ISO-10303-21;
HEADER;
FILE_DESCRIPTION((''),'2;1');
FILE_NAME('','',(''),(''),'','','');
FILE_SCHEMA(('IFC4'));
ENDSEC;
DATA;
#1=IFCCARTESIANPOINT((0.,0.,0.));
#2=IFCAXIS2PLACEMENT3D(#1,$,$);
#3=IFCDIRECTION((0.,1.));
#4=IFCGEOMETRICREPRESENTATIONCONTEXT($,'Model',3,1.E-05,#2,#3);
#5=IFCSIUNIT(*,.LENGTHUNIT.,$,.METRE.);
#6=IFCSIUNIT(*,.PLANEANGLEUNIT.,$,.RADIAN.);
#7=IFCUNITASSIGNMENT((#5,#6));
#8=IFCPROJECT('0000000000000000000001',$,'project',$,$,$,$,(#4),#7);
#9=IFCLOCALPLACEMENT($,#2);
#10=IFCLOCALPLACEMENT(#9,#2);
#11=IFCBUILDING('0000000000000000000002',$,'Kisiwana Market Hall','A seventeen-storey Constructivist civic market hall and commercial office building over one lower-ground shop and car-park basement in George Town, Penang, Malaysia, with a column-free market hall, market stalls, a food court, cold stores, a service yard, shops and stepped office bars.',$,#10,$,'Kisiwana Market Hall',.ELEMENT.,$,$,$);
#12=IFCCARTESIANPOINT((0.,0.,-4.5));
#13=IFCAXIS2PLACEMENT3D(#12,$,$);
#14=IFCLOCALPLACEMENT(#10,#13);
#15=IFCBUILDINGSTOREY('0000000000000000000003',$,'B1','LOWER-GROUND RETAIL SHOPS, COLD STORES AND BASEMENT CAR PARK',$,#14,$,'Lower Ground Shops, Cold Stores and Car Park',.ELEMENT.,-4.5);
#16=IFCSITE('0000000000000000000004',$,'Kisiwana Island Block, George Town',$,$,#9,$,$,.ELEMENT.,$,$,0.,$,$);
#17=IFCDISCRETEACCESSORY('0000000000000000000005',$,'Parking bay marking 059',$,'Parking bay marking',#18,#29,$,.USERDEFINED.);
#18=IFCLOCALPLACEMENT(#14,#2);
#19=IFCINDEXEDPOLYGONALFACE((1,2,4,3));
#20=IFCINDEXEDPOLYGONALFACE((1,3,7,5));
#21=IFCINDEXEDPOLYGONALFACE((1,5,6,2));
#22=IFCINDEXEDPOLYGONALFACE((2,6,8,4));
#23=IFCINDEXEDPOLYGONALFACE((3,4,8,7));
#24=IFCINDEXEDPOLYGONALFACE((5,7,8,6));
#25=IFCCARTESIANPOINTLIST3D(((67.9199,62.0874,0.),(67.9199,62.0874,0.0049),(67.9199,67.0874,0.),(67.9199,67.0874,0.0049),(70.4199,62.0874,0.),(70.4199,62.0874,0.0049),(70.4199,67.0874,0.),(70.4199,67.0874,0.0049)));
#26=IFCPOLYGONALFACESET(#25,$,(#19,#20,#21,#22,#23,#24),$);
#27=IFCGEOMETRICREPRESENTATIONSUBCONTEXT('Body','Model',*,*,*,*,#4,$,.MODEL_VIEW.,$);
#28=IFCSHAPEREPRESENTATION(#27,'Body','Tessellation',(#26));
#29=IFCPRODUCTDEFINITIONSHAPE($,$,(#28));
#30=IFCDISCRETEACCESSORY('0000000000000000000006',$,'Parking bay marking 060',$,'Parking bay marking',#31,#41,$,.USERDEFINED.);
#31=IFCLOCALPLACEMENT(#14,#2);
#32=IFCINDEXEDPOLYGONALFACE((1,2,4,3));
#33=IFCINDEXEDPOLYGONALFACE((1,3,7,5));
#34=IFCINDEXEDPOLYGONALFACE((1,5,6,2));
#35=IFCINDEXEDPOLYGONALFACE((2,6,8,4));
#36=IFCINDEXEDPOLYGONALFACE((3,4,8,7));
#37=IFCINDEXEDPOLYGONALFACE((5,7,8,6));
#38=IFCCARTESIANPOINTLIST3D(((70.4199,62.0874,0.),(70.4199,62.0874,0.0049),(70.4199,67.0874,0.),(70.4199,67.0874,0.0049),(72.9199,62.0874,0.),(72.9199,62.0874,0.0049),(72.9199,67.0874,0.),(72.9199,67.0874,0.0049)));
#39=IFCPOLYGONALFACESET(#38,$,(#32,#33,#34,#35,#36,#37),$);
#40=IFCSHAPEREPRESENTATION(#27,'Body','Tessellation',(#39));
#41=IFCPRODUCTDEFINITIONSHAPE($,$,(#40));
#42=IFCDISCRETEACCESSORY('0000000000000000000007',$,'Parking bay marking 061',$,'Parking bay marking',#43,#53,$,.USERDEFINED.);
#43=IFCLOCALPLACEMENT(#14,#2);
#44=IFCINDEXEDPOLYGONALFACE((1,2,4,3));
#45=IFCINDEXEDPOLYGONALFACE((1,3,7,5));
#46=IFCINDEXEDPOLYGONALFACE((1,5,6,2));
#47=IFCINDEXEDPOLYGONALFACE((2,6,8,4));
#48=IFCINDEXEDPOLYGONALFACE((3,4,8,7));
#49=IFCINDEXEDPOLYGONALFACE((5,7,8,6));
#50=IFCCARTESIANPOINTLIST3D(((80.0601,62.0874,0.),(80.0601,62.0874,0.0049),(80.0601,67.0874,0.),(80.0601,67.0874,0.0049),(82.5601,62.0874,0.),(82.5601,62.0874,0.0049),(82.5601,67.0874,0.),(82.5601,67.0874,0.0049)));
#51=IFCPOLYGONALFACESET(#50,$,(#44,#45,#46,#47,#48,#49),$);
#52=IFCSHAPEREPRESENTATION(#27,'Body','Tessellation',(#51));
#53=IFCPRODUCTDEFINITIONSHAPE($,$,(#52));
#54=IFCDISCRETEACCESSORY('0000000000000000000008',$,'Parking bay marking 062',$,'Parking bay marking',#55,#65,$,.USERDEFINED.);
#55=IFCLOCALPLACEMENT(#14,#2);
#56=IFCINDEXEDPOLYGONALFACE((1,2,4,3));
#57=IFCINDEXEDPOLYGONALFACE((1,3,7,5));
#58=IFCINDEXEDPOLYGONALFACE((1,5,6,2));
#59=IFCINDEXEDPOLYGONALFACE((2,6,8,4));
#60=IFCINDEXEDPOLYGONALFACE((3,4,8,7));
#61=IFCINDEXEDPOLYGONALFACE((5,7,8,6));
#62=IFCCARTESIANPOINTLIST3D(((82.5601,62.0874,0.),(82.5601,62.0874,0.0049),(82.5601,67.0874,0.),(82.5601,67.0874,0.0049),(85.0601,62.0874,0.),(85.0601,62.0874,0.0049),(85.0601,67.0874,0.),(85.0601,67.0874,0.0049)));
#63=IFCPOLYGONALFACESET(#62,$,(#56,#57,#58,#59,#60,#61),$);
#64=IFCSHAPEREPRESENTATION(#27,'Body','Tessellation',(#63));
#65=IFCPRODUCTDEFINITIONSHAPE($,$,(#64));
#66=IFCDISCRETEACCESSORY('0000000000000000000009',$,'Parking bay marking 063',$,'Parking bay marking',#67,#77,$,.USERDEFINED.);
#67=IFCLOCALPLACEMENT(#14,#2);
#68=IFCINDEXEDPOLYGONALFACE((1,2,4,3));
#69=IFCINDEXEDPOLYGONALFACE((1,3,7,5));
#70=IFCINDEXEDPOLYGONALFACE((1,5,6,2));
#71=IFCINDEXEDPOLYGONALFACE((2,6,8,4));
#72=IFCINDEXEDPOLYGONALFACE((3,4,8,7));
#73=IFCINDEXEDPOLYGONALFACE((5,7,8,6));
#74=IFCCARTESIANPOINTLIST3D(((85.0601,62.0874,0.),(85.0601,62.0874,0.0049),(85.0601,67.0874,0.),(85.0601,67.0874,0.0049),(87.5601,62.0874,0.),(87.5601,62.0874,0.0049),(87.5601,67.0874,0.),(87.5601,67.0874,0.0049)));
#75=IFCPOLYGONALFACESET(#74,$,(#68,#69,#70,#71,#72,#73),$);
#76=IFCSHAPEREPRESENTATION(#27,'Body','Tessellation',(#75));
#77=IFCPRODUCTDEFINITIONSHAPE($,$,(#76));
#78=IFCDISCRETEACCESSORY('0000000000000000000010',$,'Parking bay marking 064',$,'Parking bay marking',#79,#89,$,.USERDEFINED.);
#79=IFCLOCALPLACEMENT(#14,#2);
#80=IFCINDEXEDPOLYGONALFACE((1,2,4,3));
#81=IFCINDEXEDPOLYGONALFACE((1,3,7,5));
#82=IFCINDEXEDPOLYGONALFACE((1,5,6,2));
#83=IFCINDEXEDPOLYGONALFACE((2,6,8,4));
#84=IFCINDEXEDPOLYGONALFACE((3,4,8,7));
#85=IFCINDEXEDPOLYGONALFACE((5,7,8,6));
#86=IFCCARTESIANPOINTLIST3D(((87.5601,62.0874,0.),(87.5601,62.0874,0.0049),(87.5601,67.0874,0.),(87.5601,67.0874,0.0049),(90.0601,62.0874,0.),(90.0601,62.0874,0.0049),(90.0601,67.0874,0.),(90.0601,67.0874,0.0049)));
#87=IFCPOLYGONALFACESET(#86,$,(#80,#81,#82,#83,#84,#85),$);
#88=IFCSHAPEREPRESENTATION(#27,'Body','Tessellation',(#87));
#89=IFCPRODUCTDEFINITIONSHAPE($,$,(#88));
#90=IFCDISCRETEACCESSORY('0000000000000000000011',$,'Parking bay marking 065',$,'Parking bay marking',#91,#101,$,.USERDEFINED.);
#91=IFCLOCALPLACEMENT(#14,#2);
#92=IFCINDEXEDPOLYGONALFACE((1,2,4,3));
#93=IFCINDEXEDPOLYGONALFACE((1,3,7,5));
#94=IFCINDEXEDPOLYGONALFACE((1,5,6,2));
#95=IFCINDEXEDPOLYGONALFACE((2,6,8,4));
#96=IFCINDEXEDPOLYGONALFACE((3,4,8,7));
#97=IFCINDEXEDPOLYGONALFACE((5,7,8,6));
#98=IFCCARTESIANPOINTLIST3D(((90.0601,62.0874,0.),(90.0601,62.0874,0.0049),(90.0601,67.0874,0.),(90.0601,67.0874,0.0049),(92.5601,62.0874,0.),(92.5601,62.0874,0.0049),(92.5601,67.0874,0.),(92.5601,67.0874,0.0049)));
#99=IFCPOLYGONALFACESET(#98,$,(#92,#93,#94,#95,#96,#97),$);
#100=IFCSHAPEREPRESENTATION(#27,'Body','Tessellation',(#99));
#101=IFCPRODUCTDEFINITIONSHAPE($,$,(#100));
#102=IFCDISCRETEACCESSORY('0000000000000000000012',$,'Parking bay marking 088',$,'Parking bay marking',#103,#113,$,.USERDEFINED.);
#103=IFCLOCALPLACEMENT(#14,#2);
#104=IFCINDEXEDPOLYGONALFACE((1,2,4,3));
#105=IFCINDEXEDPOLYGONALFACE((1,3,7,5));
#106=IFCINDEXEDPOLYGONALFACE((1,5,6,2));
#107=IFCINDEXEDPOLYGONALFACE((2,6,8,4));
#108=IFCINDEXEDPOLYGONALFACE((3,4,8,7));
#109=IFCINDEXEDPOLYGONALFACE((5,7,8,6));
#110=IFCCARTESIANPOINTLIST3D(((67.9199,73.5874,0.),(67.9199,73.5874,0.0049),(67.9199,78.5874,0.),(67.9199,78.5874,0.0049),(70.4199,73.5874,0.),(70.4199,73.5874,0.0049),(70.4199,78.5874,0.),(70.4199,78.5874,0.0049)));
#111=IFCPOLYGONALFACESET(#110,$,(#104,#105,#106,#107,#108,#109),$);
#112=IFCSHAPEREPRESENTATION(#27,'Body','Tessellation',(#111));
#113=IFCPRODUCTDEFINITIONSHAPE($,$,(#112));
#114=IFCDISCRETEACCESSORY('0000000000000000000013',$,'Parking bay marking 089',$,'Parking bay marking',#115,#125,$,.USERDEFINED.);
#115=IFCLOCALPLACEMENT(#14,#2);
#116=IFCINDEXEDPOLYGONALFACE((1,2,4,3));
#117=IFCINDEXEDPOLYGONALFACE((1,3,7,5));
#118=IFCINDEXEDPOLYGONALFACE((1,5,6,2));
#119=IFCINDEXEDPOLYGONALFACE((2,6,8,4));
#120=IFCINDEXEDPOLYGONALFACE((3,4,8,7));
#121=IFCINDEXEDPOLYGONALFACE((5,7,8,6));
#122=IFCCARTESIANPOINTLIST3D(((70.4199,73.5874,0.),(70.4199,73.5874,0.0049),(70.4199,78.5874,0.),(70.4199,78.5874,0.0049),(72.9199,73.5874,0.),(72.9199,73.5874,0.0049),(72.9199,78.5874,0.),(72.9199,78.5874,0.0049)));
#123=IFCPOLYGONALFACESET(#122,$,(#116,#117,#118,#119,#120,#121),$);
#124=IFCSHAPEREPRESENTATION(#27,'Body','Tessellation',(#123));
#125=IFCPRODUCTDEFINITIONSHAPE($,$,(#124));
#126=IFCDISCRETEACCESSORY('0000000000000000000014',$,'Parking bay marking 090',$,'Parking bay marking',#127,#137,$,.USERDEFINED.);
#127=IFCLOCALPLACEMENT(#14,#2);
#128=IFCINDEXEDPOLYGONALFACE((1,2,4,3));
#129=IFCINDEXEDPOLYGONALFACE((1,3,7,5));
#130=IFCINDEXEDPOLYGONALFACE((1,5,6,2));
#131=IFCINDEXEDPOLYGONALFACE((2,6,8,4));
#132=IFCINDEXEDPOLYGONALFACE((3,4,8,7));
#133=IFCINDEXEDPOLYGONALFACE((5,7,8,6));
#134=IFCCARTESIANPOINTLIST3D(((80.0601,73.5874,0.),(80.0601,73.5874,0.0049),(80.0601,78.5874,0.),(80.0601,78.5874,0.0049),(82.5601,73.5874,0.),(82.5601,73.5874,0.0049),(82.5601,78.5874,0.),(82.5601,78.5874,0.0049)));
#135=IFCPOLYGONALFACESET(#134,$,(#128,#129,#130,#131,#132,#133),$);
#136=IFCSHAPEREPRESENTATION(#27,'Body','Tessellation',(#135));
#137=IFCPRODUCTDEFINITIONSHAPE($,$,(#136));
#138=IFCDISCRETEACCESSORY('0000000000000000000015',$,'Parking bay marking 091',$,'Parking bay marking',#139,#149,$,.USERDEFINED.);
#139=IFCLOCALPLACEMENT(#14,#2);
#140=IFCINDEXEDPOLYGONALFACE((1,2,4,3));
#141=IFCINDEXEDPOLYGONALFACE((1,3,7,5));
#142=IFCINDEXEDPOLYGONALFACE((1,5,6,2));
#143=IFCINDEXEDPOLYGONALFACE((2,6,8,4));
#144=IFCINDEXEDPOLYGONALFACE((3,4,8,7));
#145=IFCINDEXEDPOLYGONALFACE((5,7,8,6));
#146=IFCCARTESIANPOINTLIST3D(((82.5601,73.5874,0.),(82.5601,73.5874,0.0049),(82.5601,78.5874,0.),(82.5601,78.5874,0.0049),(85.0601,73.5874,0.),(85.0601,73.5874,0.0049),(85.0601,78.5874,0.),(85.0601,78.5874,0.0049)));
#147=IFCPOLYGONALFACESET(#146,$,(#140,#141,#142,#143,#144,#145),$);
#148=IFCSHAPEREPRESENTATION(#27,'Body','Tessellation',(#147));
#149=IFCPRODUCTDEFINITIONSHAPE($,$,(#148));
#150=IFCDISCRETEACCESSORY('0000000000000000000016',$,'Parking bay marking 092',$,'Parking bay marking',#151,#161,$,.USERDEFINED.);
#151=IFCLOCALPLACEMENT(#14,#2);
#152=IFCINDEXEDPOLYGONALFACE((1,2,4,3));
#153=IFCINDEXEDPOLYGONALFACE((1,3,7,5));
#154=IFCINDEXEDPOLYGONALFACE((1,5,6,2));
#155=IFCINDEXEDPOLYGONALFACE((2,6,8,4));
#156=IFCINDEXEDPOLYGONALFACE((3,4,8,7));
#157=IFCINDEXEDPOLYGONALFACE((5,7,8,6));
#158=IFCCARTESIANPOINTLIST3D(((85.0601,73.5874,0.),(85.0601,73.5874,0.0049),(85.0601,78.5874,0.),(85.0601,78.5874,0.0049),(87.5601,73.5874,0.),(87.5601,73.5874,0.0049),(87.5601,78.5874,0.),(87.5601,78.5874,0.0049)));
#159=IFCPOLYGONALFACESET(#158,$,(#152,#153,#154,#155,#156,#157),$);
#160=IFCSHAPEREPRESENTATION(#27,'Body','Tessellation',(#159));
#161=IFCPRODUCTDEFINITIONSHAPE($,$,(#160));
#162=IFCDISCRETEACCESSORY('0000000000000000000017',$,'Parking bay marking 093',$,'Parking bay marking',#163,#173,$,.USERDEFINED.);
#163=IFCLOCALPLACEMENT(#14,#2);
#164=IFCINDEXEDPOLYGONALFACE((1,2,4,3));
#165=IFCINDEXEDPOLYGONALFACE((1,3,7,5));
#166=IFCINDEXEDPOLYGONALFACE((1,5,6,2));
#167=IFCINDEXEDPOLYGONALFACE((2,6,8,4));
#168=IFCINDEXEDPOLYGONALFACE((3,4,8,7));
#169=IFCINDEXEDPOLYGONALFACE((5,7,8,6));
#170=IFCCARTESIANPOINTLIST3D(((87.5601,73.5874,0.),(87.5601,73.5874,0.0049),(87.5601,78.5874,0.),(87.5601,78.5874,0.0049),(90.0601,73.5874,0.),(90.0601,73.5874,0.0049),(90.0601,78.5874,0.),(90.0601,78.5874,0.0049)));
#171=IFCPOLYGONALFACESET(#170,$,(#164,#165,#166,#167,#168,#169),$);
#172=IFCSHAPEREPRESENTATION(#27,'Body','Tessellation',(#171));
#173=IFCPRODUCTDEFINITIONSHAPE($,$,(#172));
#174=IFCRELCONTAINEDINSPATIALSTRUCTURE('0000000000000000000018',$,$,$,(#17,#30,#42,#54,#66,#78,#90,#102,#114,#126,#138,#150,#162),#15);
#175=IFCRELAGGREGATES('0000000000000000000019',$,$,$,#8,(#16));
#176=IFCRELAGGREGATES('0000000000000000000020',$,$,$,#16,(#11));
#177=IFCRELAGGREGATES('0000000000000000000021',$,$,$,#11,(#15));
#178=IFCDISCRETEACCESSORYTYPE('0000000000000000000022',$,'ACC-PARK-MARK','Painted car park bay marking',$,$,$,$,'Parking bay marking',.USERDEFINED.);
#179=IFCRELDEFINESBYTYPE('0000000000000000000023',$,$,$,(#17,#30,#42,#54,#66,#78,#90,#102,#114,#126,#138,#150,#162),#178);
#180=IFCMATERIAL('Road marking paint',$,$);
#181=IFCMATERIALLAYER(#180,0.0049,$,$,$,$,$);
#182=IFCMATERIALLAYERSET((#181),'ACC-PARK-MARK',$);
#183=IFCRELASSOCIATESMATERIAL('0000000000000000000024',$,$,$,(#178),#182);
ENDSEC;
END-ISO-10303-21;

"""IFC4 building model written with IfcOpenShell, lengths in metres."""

from ifc_helpers import new_model, si_unit, direction, frame, origin, origin_2d, place, context, subcontext, project, spatial, rectangle, extrude, material, layer, layer_set, type_object, element, save


model = new_model("IFC4")

# Units and contexts
model_context = context("Model", 3, precision=1e-05, world=origin(), true_north=direction((0.0, 1.0)))
body_context = subcontext(model_context, "Body", "Model", "MODEL_VIEW")
ifc_project = project(units=[si_unit("LENGTHUNIT", "METRE"), si_unit("PLANEANGLEUNIT", "RADIAN")], contexts=[model_context])

# Site, building, storey
site_placement = place(None, origin())
site = spatial("IfcSite", under=ifc_project, at=site_placement, Name="Kisiwana Island Block, George Town", CompositionType="ELEMENT", RefElevation=0.0)
building_placement = place(site_placement, origin())
building = spatial("IfcBuilding", under=site, at=building_placement, Name="Kisiwana Market Hall", Description="A seventeen-storey Constructivist civic market hall and commercial office building over one lower-ground shop and car-park basement in George Town, Penang, Malaysia, with a column-free market hall, market stalls, a food court, cold stores, a service yard, shops and stepped office bars.", LongName="Kisiwana Market Hall", CompositionType="ELEMENT")
storey_placement = place(building_placement, frame((0.0, 0.0, -4.5)))
storey = spatial("IfcBuildingStorey", under=building, at=storey_placement, Name="B1", Description="LOWER-GROUND RETAIL SHOPS, COLD STORES AND BASEMENT CAR PARK", LongName="Lower Ground Shops, Cold Stores and Car Park", CompositionType="ELEMENT", Elevation=-4.5)

# Discrete accessories
ifc_material_1 = material(Name="Road marking paint")
ifc_layer_1 = layer(ifc_material_1, 0.0049)
ifc_layer_set_1 = layer_set([ifc_layer_1], Name="ACC-PARK-MARK")
discrete_accessory_type_1 = type_object("IfcDiscreteAccessoryType", Name="ACC-PARK-MARK", Description="Painted car park bay marking", ElementType="Parking bay marking", PredefinedType="USERDEFINED", material=ifc_layer_set_1)
for number, where, z_axis, x_axis, name in (
    (1, (69.1699, 64.5874, 0.0), (0.0, 0.0, 1.0), (1.0, 0.0, 0.0), "Parking bay marking 059"),
    (2, (71.6699, 64.5874, 0.0), (0.0, 0.0, 1.0), (1.0, 0.0, 0.0), "Parking bay marking 060"),
    (3, (81.3101, 64.5874, 0.0), (0.0, 0.0, 1.0), (1.0, 0.0, 0.0), "Parking bay marking 061"),
    (4, (83.8101, 64.5874, 0.0), (0.0, 0.0, 1.0), (1.0, 0.0, 0.0), "Parking bay marking 062"),
    (5, (86.3101, 64.5874, 0.0), (0.0, 0.0, 1.0), (1.0, 0.0, 0.0), "Parking bay marking 063"),
    (6, (88.8101, 64.5874, 0.0), (0.0, 0.0, 1.0), (1.0, 0.0, 0.0), "Parking bay marking 064"),
    (7, (91.3101, 64.5874, 0.0), (0.0, 0.0, 1.0), (1.0, 0.0, 0.0), "Parking bay marking 065"),
    (8, (69.1699, 76.0874, 0.0), (0.0, 0.0, 1.0), (1.0, 0.0, 0.0), "Parking bay marking 088"),
    (9, (71.6699, 76.0874, 0.0), (0.0, 0.0, 1.0), (1.0, 0.0, 0.0), "Parking bay marking 089"),
    (10, (81.3101, 76.0874, 0.0), (0.0, 0.0, 1.0), (1.0, 0.0, 0.0), "Parking bay marking 090"),
    (11, (83.8101, 76.0874, 0.0), (0.0, 0.0, 1.0), (1.0, 0.0, 0.0), "Parking bay marking 091"),
    (12, (86.3101, 76.0874, 0.0), (0.0, 0.0, 1.0), (1.0, 0.0, 0.0), "Parking bay marking 092"),
    (13, (88.8101, 76.0874, 0.0), (0.0, 0.0, 1.0), (1.0, 0.0, 0.0), "Parking bay marking 093"),
):
    element("IfcDiscreteAccessory", number, at=place(storey_placement, frame(where, z_axis=z_axis, x_axis=x_axis)), inside=storey, type_object=discrete_accessory_type_1, Name=name, ObjectType="Parking bay marking", PredefinedType="USERDEFINED", context=body_context, shape_type="SweptSolid", body=[
        extrude(rectangle(XDim=2.5, YDim=5.0, at=origin_2d()), origin(), (0.0, 0.0, 1.0), 0.0049),
    ])

save(model, "model.ifc")
